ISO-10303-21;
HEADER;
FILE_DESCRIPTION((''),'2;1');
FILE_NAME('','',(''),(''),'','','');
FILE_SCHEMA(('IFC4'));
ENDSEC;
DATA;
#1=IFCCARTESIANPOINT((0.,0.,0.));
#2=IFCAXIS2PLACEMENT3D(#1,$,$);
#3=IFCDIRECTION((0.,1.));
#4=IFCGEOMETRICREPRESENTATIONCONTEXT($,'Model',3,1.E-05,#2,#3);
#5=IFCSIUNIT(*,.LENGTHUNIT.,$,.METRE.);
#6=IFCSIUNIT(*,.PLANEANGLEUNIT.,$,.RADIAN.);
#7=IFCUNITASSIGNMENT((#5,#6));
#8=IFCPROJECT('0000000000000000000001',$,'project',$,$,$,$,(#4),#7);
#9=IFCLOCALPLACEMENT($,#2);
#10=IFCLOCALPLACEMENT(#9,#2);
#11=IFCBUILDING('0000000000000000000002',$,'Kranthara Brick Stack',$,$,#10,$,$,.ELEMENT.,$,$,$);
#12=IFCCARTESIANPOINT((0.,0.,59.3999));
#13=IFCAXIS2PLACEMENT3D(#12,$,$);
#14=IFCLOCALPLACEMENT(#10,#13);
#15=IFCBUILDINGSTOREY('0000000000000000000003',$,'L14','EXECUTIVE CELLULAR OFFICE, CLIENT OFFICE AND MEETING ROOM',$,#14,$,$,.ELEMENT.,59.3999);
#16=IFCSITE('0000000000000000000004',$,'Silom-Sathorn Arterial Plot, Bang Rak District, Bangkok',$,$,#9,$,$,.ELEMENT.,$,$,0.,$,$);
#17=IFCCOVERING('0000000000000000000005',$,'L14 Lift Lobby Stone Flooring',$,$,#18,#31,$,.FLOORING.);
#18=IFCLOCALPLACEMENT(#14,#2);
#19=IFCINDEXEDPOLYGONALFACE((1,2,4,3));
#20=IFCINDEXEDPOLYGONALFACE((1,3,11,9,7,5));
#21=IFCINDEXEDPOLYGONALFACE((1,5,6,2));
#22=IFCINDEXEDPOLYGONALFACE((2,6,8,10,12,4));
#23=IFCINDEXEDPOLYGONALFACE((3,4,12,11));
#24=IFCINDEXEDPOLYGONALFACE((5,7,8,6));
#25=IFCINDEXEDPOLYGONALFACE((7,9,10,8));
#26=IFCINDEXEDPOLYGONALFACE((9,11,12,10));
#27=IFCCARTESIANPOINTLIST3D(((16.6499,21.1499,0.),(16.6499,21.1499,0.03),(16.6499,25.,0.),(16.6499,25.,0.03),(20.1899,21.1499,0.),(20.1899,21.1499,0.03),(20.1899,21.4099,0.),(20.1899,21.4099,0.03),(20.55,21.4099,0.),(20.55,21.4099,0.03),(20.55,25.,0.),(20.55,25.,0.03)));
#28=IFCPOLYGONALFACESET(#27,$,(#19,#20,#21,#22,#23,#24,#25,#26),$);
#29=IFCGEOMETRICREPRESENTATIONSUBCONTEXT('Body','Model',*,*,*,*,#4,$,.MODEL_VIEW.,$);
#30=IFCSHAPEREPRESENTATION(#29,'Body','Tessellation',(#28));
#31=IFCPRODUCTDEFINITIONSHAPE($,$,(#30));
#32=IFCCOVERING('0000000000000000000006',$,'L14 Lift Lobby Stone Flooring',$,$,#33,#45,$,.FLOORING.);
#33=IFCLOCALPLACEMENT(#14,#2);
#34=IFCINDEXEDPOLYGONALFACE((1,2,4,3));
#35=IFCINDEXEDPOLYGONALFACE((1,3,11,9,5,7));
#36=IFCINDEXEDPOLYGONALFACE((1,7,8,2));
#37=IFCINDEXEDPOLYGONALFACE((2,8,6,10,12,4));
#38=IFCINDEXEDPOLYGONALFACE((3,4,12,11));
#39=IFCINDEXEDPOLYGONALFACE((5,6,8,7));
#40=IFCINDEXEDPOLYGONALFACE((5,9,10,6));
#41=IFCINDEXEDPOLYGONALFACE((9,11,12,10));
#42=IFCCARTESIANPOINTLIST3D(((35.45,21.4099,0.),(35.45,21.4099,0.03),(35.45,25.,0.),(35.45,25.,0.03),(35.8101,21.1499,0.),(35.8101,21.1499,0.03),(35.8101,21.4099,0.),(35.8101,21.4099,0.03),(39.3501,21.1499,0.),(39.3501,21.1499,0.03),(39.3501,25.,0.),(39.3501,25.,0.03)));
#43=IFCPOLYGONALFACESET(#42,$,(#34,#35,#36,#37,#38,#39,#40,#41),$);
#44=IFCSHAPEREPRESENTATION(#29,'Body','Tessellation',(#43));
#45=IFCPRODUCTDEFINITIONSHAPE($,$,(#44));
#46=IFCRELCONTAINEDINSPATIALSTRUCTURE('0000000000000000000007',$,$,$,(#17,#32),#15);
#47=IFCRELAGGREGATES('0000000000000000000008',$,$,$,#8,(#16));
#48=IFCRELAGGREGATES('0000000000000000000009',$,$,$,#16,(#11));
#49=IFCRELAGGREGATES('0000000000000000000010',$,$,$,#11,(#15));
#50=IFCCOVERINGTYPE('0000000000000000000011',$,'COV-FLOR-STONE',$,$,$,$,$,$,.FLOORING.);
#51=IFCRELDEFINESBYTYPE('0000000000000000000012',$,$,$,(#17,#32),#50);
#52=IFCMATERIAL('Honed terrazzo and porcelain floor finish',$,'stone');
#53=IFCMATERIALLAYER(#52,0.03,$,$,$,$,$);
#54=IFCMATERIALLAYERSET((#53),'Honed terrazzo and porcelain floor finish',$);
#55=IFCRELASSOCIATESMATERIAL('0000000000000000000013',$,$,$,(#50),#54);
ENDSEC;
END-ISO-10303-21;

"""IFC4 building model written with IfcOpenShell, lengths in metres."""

from ifc_helpers import new_model, si_unit, direction, frame, origin, place, context, subcontext, project, spatial, polyline, outline, extrude, material, layer, layer_set, type_object, element, save


model = new_model("IFC4")

# Units and contexts
model_context = context("Model", 3, precision=1e-05, world=origin(), true_north=direction((0.0, 1.0)))
body_context = subcontext(model_context, "Body", "Model", "MODEL_VIEW")
ifc_project = project(units=[si_unit("LENGTHUNIT", "METRE"), si_unit("PLANEANGLEUNIT", "RADIAN")], contexts=[model_context])

# Site, building, storey
site_placement = place(None, origin())
site = spatial("IfcSite", under=ifc_project, at=site_placement, Name="Silom-Sathorn Arterial Plot, Bang Rak District, Bangkok", CompositionType="ELEMENT", RefElevation=0.0)
building_placement = place(site_placement, origin())
building = spatial("IfcBuilding", under=site, at=building_placement, Name="Kranthara Brick Stack", CompositionType="ELEMENT")
storey_placement = place(building_placement, frame((0.0, 0.0, 59.3999)))
storey = spatial("IfcBuildingStorey", under=building, at=storey_placement, Name="L14", Description="EXECUTIVE CELLULAR OFFICE, CLIENT OFFICE AND MEETING ROOM", CompositionType="ELEMENT", Elevation=59.3999)

# Coverings
ifc_material_1 = material(Name="Honed terrazzo and porcelain floor finish", Category="stone")
ifc_layer_1 = layer(ifc_material_1, 0.03)
ifc_layer_set_1 = layer_set([ifc_layer_1], Name="Honed terrazzo and porcelain floor finish")
covering_type_1 = type_object("IfcCoveringType", Name="COV-FLOR-STONE", PredefinedType="FLOORING", material=ifc_layer_set_1)
covering_1_placement = place(storey_placement, origin())
element("IfcCovering", 1, at=covering_1_placement, inside=storey, type_object=covering_type_1, Name="L14 Lift Lobby Stone Flooring", PredefinedType="FLOORING", context=body_context, shape_type="SweptSolid", body=[
    extrude(outline(polyline([(16.6499, 21.1499), (16.6499, 25.0), (20.55, 25.0), (20.55, 21.4099), (20.1899, 21.4099), (20.1899, 21.1499), (16.6499, 21.1499)])), origin(), (0.0, 0.0, 1.0), 0.03),
])
covering_2_placement = place(storey_placement, origin())
element("IfcCovering", 2, at=covering_2_placement, inside=storey, type_object=covering_type_1, Name="L14 Lift Lobby Stone Flooring", PredefinedType="FLOORING", context=body_context, shape_type="SweptSolid", body=[
    extrude(outline(polyline([(35.45, 25.0), (39.3501, 25.0), (39.3501, 21.1499), (35.8101, 21.1499), (35.8101, 21.4099), (35.45, 21.4099), (35.45, 25.0)])), origin(), (0.0, 0.0, 1.0), 0.03),
])

save(model, "model.ifc")
